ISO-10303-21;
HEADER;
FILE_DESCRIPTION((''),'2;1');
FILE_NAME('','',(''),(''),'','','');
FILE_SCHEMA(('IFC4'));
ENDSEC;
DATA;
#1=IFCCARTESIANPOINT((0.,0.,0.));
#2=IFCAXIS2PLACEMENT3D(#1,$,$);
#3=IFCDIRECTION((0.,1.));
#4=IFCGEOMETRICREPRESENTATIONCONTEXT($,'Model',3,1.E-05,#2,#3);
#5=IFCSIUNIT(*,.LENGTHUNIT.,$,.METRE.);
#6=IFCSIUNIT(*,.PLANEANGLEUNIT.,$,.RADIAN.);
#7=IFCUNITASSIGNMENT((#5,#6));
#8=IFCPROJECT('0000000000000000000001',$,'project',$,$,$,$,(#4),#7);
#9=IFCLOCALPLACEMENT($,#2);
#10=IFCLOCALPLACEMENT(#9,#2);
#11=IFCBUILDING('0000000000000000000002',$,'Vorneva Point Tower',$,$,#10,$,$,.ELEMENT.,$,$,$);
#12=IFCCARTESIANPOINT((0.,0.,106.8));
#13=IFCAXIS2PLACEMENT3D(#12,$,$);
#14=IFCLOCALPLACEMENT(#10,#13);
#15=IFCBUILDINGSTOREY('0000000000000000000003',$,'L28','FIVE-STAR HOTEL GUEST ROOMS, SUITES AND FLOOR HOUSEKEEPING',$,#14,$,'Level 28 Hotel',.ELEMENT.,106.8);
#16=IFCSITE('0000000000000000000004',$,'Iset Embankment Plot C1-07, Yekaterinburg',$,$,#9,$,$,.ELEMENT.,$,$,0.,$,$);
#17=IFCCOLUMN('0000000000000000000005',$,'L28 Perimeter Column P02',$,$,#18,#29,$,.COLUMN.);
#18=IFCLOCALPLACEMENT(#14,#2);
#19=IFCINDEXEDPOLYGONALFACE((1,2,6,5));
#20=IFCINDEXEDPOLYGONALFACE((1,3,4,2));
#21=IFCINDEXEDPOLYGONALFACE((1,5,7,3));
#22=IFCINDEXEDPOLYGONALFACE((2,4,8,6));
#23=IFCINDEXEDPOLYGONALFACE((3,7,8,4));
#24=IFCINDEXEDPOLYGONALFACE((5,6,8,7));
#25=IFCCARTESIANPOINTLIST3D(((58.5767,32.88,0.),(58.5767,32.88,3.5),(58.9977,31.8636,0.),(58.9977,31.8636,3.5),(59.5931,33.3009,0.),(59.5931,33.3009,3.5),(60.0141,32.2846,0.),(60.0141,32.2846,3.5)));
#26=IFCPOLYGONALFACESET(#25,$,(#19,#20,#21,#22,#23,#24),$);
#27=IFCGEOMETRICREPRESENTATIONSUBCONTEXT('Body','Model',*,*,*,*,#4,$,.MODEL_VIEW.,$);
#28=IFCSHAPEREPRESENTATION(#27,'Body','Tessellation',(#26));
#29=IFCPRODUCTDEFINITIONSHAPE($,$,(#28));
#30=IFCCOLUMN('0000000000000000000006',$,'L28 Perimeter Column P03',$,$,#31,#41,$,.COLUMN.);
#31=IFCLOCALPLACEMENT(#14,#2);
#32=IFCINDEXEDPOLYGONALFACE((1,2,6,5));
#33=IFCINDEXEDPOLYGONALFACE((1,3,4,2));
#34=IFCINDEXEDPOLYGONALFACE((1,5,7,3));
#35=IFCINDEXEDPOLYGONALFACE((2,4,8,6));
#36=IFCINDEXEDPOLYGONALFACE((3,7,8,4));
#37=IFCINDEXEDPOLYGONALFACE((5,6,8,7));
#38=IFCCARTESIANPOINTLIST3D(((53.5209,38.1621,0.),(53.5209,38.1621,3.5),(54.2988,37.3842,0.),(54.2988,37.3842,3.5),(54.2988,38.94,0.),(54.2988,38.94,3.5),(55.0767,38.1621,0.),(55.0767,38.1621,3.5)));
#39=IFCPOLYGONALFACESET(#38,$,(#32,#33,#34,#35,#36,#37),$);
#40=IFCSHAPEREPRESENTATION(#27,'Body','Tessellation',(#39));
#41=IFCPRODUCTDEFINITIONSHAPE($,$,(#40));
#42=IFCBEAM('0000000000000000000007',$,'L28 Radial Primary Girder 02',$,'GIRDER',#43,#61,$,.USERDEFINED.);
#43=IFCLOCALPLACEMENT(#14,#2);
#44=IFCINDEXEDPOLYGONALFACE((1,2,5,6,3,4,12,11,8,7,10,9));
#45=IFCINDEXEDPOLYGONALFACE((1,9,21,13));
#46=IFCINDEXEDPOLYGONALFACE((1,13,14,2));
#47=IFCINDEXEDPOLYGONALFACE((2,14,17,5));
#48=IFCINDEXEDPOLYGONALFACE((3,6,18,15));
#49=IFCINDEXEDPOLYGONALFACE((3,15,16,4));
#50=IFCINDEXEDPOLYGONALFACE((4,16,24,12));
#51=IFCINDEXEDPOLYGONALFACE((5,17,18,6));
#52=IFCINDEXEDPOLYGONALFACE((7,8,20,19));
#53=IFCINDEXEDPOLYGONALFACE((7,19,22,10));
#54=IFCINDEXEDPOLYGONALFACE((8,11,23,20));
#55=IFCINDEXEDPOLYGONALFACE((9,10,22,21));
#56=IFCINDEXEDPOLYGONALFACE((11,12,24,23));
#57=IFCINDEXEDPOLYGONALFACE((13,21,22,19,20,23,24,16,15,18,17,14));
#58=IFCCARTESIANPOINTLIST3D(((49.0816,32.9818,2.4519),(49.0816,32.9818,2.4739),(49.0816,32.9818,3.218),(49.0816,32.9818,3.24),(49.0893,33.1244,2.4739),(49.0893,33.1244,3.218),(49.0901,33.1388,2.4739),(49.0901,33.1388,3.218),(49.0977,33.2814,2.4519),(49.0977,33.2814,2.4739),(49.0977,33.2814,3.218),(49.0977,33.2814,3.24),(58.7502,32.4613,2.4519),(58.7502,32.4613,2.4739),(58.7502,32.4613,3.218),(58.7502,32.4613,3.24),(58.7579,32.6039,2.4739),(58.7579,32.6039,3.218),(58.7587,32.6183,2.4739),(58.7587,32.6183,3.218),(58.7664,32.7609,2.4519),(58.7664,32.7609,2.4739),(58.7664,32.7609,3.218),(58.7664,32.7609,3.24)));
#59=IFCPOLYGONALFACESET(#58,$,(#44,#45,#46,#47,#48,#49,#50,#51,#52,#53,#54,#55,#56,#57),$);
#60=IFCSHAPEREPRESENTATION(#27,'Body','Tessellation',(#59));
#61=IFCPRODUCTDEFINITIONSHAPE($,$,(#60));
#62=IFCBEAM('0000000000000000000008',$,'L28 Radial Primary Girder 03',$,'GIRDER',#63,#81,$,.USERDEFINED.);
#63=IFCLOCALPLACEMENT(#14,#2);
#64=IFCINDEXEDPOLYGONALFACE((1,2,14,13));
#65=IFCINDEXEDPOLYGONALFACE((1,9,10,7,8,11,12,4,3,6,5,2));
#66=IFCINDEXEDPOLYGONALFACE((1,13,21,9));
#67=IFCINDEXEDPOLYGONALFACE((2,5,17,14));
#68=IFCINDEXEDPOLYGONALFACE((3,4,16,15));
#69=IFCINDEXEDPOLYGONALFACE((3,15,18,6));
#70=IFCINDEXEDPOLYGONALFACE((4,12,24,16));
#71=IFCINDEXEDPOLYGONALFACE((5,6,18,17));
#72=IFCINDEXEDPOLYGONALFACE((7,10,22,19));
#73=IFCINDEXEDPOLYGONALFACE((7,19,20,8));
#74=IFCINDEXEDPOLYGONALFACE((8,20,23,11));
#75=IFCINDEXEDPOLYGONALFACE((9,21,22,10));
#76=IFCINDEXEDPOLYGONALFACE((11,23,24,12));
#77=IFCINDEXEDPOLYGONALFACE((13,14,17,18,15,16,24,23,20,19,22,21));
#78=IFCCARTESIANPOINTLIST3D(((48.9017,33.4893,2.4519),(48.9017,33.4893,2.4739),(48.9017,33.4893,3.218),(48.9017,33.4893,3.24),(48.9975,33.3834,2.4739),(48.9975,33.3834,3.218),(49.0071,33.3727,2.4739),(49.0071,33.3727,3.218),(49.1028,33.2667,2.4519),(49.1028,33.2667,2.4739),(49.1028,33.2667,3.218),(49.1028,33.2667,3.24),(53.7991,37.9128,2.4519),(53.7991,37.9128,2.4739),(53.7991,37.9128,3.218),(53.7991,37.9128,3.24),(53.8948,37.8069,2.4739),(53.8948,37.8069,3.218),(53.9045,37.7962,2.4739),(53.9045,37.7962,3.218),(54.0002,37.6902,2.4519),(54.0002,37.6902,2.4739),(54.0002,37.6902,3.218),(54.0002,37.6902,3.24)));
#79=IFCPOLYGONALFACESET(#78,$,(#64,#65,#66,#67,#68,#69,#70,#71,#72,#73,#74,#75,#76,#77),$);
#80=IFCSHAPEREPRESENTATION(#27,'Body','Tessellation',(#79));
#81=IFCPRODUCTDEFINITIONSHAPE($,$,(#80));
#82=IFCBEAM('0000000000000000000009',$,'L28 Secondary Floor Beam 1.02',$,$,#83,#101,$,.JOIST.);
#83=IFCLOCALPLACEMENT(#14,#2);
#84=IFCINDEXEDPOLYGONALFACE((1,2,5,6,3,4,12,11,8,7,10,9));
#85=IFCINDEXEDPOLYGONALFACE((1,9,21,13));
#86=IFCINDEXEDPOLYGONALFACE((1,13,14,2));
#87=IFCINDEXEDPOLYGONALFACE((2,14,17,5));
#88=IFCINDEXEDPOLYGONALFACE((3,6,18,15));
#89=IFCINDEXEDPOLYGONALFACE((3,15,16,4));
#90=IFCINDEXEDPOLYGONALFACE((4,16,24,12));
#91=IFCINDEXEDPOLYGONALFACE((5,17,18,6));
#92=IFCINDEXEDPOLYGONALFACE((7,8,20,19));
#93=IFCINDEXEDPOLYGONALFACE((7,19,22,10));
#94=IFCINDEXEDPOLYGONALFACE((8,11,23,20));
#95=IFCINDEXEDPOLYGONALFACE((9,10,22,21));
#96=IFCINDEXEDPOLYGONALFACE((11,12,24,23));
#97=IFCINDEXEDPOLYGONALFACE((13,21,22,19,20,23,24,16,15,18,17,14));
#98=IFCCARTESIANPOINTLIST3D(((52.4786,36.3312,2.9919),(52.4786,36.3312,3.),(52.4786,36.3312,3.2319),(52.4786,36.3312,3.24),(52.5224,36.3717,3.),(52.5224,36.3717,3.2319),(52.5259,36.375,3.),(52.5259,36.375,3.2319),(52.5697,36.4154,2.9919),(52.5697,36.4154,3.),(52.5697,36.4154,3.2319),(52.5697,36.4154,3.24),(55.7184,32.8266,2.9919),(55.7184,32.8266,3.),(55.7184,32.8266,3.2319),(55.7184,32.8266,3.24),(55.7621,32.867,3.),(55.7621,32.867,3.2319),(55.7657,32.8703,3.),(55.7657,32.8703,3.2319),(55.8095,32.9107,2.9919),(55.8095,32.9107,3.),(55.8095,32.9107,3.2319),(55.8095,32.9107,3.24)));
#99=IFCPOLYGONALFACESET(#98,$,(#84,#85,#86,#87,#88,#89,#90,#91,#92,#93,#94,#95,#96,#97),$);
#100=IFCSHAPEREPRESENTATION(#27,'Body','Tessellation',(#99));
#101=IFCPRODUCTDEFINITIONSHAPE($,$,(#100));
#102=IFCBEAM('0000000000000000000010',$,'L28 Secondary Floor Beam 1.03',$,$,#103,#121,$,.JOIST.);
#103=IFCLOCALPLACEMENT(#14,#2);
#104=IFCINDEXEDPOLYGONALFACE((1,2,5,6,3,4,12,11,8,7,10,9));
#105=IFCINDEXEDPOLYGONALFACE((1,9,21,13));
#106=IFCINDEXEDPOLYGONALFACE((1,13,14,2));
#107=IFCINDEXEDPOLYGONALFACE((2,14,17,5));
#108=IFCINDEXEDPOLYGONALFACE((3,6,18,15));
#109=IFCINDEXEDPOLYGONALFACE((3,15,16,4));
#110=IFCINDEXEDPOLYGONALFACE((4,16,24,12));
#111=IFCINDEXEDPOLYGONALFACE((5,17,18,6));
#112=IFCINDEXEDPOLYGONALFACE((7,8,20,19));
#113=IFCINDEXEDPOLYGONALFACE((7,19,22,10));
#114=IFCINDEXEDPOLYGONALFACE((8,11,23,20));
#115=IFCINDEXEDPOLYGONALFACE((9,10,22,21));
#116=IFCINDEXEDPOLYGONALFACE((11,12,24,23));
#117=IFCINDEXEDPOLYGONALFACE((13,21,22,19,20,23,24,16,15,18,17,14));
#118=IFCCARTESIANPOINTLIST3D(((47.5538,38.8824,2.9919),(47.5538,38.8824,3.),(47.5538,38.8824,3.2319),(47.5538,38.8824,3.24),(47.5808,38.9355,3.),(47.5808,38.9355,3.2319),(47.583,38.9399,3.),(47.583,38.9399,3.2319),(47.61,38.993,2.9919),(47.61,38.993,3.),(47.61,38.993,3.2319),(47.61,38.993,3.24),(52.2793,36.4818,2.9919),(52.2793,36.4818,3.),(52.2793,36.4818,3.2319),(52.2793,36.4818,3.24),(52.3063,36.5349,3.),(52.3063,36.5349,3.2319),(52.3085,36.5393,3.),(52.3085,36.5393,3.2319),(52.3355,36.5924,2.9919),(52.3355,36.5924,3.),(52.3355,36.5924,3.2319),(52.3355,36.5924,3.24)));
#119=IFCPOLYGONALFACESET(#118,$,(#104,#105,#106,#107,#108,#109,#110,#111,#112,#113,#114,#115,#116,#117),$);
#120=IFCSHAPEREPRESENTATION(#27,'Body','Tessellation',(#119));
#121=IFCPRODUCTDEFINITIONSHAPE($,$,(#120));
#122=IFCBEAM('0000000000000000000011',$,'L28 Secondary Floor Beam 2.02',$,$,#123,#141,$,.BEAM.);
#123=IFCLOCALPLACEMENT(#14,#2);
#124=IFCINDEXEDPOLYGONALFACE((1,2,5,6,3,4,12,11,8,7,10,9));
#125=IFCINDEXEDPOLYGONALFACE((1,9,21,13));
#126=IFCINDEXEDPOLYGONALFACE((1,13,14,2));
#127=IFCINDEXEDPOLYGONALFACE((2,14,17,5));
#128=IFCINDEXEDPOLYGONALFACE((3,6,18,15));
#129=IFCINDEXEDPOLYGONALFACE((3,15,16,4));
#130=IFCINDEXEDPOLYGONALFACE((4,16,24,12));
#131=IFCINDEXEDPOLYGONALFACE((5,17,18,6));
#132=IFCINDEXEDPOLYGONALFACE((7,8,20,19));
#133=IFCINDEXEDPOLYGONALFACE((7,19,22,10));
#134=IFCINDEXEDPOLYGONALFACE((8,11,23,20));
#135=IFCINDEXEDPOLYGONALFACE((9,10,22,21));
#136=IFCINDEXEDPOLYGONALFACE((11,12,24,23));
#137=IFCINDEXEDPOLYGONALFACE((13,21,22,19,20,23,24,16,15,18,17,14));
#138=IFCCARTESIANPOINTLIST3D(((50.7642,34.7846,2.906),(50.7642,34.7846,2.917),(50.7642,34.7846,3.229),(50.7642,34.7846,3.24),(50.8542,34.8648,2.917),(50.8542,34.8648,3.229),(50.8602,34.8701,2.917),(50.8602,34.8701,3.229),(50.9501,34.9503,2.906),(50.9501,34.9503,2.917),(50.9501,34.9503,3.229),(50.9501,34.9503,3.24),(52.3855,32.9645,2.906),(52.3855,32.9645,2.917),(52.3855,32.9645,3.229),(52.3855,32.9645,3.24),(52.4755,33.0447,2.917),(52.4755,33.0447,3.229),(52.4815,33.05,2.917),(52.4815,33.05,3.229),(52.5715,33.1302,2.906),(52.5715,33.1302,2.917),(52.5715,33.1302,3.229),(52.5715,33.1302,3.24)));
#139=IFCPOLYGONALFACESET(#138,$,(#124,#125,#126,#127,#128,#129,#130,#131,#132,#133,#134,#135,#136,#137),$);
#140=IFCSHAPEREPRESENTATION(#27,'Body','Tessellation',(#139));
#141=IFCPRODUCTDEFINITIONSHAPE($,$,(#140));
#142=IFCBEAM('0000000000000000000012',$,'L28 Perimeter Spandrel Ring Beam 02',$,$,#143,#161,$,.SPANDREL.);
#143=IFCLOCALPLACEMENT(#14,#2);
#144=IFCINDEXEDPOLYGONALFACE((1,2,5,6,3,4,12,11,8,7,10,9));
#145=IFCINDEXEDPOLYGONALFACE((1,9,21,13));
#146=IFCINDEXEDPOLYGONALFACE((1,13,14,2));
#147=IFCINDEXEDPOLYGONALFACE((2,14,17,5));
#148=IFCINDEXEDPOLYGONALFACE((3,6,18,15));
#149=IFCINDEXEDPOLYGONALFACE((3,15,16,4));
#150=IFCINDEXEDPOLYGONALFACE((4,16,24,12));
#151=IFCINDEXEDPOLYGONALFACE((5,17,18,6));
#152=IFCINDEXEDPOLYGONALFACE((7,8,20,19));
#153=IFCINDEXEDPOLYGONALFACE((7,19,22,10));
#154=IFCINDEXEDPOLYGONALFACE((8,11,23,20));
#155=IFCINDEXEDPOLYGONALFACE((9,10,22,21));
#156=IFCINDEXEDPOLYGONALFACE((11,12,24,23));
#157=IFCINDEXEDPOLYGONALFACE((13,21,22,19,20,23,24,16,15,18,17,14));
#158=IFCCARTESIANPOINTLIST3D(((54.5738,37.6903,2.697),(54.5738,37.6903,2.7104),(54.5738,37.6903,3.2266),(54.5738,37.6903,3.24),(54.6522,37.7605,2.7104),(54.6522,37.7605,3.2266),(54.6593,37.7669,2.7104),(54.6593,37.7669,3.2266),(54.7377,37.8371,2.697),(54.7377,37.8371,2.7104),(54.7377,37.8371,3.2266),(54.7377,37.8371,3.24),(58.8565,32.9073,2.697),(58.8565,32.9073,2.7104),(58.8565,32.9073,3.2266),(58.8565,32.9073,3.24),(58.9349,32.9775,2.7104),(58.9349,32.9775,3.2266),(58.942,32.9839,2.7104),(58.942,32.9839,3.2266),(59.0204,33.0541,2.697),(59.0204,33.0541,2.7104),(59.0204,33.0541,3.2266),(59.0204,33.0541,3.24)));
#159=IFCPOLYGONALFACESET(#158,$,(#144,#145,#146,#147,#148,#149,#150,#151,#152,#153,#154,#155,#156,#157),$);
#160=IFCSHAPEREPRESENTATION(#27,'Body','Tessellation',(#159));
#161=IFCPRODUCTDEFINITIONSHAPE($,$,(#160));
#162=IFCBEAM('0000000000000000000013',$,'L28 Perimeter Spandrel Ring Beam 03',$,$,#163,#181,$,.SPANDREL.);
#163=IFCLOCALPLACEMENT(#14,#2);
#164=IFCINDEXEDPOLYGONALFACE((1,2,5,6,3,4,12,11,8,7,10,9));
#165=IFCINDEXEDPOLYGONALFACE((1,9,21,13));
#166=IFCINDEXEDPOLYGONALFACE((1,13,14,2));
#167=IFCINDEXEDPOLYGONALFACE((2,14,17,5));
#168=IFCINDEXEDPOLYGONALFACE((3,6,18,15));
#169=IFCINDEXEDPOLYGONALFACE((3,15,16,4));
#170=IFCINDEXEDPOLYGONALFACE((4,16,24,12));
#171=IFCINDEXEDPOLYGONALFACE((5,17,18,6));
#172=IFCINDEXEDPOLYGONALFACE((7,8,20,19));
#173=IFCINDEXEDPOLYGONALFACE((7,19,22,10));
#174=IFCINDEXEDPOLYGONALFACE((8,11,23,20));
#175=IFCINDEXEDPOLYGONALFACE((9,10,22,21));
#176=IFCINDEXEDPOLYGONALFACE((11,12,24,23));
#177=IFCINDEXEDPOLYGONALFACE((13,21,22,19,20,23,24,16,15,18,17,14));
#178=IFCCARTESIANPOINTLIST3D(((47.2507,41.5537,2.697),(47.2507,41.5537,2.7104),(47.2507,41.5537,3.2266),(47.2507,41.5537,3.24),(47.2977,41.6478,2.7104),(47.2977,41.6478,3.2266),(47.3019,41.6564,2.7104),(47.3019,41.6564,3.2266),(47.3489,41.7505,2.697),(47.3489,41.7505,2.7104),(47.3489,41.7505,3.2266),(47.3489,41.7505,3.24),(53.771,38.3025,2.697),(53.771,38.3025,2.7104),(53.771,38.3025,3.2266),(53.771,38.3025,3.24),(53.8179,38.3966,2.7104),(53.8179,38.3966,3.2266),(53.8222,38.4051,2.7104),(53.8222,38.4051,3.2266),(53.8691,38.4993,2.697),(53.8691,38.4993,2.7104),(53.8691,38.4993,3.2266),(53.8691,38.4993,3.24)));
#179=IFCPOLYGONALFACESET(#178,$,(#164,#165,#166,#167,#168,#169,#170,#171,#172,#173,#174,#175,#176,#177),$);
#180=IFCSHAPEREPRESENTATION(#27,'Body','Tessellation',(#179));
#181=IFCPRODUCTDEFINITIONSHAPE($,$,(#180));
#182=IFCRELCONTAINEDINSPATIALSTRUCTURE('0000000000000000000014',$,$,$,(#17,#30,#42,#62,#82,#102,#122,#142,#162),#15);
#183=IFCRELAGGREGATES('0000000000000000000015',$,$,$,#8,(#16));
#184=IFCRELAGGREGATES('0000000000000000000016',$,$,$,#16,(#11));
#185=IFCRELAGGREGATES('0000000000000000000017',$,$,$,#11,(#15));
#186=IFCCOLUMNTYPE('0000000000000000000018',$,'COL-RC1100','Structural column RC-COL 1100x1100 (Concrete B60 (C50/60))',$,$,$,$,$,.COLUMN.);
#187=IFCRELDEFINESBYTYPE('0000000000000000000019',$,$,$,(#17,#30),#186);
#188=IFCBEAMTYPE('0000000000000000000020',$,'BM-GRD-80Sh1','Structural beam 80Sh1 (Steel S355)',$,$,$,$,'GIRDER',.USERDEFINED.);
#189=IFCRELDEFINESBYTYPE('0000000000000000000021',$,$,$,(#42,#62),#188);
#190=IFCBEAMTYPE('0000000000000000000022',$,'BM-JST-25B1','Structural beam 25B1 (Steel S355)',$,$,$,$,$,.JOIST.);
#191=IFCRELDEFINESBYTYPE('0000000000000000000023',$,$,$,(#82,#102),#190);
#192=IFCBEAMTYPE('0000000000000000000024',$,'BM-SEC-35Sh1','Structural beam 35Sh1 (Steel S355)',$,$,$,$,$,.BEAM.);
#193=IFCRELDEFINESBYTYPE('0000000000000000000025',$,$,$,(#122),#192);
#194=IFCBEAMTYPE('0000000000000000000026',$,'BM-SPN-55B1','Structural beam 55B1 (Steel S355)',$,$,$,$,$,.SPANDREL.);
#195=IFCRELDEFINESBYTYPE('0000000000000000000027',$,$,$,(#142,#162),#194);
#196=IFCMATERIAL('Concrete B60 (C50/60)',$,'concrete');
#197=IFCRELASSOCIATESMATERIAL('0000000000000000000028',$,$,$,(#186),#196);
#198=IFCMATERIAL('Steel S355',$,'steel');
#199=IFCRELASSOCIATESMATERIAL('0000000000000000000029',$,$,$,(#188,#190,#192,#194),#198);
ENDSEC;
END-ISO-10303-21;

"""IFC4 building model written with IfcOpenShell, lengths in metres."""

from ifc_helpers import new_model, si_unit, direction, frame, origin, origin_2d, place, context, subcontext, project, spatial, rectangle, i_section, extrude, material, material_profile, profile_set, type_object, element, save


model = new_model("IFC4")

# Units and contexts
model_context = context("Model", 3, precision=1e-05, world=origin(), true_north=direction((0.0, 1.0)))
body_context = subcontext(model_context, "Body", "Model", "MODEL_VIEW")
ifc_project = project(units=[si_unit("LENGTHUNIT", "METRE"), si_unit("PLANEANGLEUNIT", "RADIAN")], contexts=[model_context])

# Site, building, storey
site_placement = place(None, origin())
site = spatial("IfcSite", under=ifc_project, at=site_placement, Name="Iset Embankment Plot C1-07, Yekaterinburg", CompositionType="ELEMENT", RefElevation=0.0)
building_placement = place(site_placement, origin())
building = spatial("IfcBuilding", under=site, at=building_placement, Name="Vorneva Point Tower", CompositionType="ELEMENT")
storey_placement = place(building_placement, frame((0.0, 0.0, 106.8)))
storey = spatial("IfcBuildingStorey", under=building, at=storey_placement, Name="L28", Description="FIVE-STAR HOTEL GUEST ROOMS, SUITES AND FLOOR HOUSEKEEPING", LongName="Level 28 Hotel", CompositionType="ELEMENT", Elevation=106.8)

# Columns
ifc_material_1 = material(Name="Concrete B60 (C50/60)", Category="concrete")
ifc_material_profile_1 = material_profile(ifc_material_1, rectangle(XDim=1.1001, YDim=1.1001, at=origin_2d()), Name="RC-COL 1100x1100")
ifc_profile_set_1 = profile_set([ifc_material_profile_1], Name="Concrete B60 (C50/60)")
column_type = type_object("IfcColumnType", Name="COL-RC1100", Description="Structural column RC-COL 1100x1100 (Concrete B60 (C50/60))", PredefinedType="COLUMN", material=ifc_profile_set_1)
for number, where, z_axis, x_axis, name in (
    (1, (59.2954, 32.5823, 0.0), (0.0, 0.0, 1.0), (0.92388, 0.382683, 0.0), "L28 Perimeter Column P02"),
    (2, (54.2988, 38.1621, 0.0), (0.0, 0.0, 1.0), (0.707107, 0.707107, 0.0), "L28 Perimeter Column P03"),
):
    element("IfcColumn", number, at=place(storey_placement, frame(where, z_axis=z_axis, x_axis=x_axis)), inside=storey, type_object=column_type, Name=name, PredefinedType="COLUMN", context=body_context, shape_type="SweptSolid", body=[
        extrude(rectangle(XDim=1.1001, YDim=1.1001, at=origin_2d()), origin(), (0.0, 0.0, 1.0), 3.5),
    ])

# Beams
ifc_material_2 = material(Name="Steel S355", Category="steel")
ifc_material_profile_2 = material_profile(ifc_material_2, i_section(OverallWidth=0.3, OverallDepth=0.7881, WebThickness=0.0144, FlangeThickness=0.022, at=origin_2d()), Name="80Sh1")
ifc_profile_set_2 = profile_set([ifc_material_profile_2], Name="Steel S355")
beam_type_1 = type_object("IfcBeamType", Name="BM-GRD-80Sh1", Description="Structural beam 80Sh1 (Steel S355)", ElementType="GIRDER", PredefinedType="USERDEFINED", material=ifc_profile_set_2)
beam_1_placement = place(storey_placement, frame((58.7583, 32.6111, 2.8459), z_axis=(-0.998554, 0.053756, 0.0), x_axis=(-0.053756, -0.998554, 0.0)))
element("IfcBeam", 3, at=beam_1_placement, inside=storey, type_object=beam_type_1, Name="L28 Radial Primary Girder 02", ObjectType="GIRDER", PredefinedType="USERDEFINED", context=body_context, shape_type="SweptSolid", body=[
    extrude(i_section(OverallWidth=0.3, OverallDepth=0.7881, WebThickness=0.0144, FlangeThickness=0.022, at=origin_2d()), origin(), (0.0, 0.0, 1.0), 9.6826),
])
beam_2_placement = place(storey_placement, frame((53.8997, 37.8015, 2.8459), z_axis=(-0.742097, -0.670292, 0.0), x_axis=(0.670292, -0.742097, 0.0)))
element("IfcBeam", 4, at=beam_2_placement, inside=storey, type_object=beam_type_1, Name="L28 Radial Primary Girder 03", ObjectType="GIRDER", PredefinedType="USERDEFINED", context=body_context, shape_type="SweptSolid", body=[
    extrude(i_section(OverallWidth=0.3, OverallDepth=0.7881, WebThickness=0.0144, FlangeThickness=0.022, at=origin_2d()), origin(), (0.0, 0.0, 1.0), 6.5994),
])
ifc_material_profile_3 = material_profile(ifc_material_2, i_section(OverallWidth=0.124, OverallDepth=0.248, WebThickness=0.0049, FlangeThickness=0.0081, at=origin_2d()), Name="25B1")
ifc_profile_set_3 = profile_set([ifc_material_profile_3], Name="Steel S355")
beam_type_2 = type_object("IfcBeamType", Name="BM-JST-25B1", Description="Structural beam 25B1 (Steel S355)", PredefinedType="JOIST", material=ifc_profile_set_3)
beam_3_placement = place(storey_placement, frame((55.7639, 32.8687, 3.116), z_axis=(-0.678811, 0.734313, 0.0), x_axis=(-0.734313, -0.678811, 0.0)))
element("IfcBeam", 5, at=beam_3_placement, inside=storey, type_object=beam_type_2, Name="L28 Secondary Floor Beam 1.02", PredefinedType="JOIST", context=body_context, shape_type="SweptSolid", body=[
    extrude(i_section(OverallWidth=0.124, OverallDepth=0.248, WebThickness=0.0049, FlangeThickness=0.0081, at=origin_2d()), origin(), (0.0, 0.0, 1.0), 4.7727),
])
beam_4_placement = place(storey_placement, frame((52.3074, 36.5371, 3.116), z_axis=(-0.891553, 0.452916, 0.0), x_axis=(-0.452916, -0.891553, 0.0)))
element("IfcBeam", 6, at=beam_4_placement, inside=storey, type_object=beam_type_2, Name="L28 Secondary Floor Beam 1.03", PredefinedType="JOIST", context=body_context, shape_type="SweptSolid", body=[
    extrude(i_section(OverallWidth=0.124, OverallDepth=0.248, WebThickness=0.0049, FlangeThickness=0.0081, at=origin_2d()), origin(), (0.0, 0.0, 1.0), 5.3003),
])
ifc_material_profile_4 = material_profile(ifc_material_2, i_section(OverallWidth=0.249, OverallDepth=0.334, WebThickness=0.0081, FlangeThickness=0.011, at=origin_2d()), Name="35Sh1")
ifc_profile_set_4 = profile_set([ifc_material_profile_4], Name="Steel S355")
beam_type_3 = type_object("IfcBeamType", Name="BM-SEC-35Sh1", Description="Structural beam 35Sh1 (Steel S355)", PredefinedType="BEAM", material=ifc_profile_set_4)
beam_5_placement = place(storey_placement, frame((52.4785, 33.0474, 3.073), z_axis=(-0.665165, 0.746696, 0.0), x_axis=(-0.746696, -0.665165, 0.0)))
element("IfcBeam", 7, at=beam_5_placement, inside=storey, type_object=beam_type_3, Name="L28 Secondary Floor Beam 2.02", PredefinedType="BEAM", context=body_context, shape_type="SweptSolid", body=[
    extrude(i_section(OverallWidth=0.249, OverallDepth=0.334, WebThickness=0.0081, FlangeThickness=0.011, at=origin_2d()), origin(), (0.0, 0.0, 1.0), 2.4375),
])
ifc_material_profile_5 = material_profile(ifc_material_2, i_section(OverallWidth=0.22, OverallDepth=0.543, WebThickness=0.0095, FlangeThickness=0.0134, at=origin_2d()), Name="55B1")
ifc_profile_set_5 = profile_set([ifc_material_profile_5], Name="Steel S355")
beam_type_4 = type_object("IfcBeamType", Name="BM-SPN-55B1", Description="Structural beam 55B1 (Steel S355)", PredefinedType="SPANDREL", material=ifc_profile_set_5)
beam_6_placement = place(storey_placement, frame((58.9385, 32.9807, 2.9685), z_axis=(-0.667074, 0.744992, 0.0), x_axis=(-0.744992, -0.667074, 0.0)))
element("IfcBeam", 8, at=beam_6_placement, inside=storey, type_object=beam_type_4, Name="L28 Perimeter Spandrel Ring Beam 02", PredefinedType="SPANDREL", context=body_context, shape_type="SweptSolid", body=[
    extrude(i_section(OverallWidth=0.22, OverallDepth=0.543, WebThickness=0.0095, FlangeThickness=0.0134, at=origin_2d()), origin(), (0.0, 0.0, 1.0), 6.4202),
])
beam_7_placement = place(storey_placement, frame((53.8201, 38.4009, 2.9685), z_axis=(-0.894916, 0.446235, 0.0), x_axis=(-0.446235, -0.894916, 0.0)))
element("IfcBeam", 9, at=beam_7_placement, inside=storey, type_object=beam_type_4, Name="L28 Perimeter Spandrel Ring Beam 03", PredefinedType="SPANDREL", context=body_context, shape_type="SweptSolid", body=[
    extrude(i_section(OverallWidth=0.22, OverallDepth=0.543, WebThickness=0.0095, FlangeThickness=0.0134, at=origin_2d()), origin(), (0.0, 0.0, 1.0), 7.2859),
])

save(model, "model.ifc")
